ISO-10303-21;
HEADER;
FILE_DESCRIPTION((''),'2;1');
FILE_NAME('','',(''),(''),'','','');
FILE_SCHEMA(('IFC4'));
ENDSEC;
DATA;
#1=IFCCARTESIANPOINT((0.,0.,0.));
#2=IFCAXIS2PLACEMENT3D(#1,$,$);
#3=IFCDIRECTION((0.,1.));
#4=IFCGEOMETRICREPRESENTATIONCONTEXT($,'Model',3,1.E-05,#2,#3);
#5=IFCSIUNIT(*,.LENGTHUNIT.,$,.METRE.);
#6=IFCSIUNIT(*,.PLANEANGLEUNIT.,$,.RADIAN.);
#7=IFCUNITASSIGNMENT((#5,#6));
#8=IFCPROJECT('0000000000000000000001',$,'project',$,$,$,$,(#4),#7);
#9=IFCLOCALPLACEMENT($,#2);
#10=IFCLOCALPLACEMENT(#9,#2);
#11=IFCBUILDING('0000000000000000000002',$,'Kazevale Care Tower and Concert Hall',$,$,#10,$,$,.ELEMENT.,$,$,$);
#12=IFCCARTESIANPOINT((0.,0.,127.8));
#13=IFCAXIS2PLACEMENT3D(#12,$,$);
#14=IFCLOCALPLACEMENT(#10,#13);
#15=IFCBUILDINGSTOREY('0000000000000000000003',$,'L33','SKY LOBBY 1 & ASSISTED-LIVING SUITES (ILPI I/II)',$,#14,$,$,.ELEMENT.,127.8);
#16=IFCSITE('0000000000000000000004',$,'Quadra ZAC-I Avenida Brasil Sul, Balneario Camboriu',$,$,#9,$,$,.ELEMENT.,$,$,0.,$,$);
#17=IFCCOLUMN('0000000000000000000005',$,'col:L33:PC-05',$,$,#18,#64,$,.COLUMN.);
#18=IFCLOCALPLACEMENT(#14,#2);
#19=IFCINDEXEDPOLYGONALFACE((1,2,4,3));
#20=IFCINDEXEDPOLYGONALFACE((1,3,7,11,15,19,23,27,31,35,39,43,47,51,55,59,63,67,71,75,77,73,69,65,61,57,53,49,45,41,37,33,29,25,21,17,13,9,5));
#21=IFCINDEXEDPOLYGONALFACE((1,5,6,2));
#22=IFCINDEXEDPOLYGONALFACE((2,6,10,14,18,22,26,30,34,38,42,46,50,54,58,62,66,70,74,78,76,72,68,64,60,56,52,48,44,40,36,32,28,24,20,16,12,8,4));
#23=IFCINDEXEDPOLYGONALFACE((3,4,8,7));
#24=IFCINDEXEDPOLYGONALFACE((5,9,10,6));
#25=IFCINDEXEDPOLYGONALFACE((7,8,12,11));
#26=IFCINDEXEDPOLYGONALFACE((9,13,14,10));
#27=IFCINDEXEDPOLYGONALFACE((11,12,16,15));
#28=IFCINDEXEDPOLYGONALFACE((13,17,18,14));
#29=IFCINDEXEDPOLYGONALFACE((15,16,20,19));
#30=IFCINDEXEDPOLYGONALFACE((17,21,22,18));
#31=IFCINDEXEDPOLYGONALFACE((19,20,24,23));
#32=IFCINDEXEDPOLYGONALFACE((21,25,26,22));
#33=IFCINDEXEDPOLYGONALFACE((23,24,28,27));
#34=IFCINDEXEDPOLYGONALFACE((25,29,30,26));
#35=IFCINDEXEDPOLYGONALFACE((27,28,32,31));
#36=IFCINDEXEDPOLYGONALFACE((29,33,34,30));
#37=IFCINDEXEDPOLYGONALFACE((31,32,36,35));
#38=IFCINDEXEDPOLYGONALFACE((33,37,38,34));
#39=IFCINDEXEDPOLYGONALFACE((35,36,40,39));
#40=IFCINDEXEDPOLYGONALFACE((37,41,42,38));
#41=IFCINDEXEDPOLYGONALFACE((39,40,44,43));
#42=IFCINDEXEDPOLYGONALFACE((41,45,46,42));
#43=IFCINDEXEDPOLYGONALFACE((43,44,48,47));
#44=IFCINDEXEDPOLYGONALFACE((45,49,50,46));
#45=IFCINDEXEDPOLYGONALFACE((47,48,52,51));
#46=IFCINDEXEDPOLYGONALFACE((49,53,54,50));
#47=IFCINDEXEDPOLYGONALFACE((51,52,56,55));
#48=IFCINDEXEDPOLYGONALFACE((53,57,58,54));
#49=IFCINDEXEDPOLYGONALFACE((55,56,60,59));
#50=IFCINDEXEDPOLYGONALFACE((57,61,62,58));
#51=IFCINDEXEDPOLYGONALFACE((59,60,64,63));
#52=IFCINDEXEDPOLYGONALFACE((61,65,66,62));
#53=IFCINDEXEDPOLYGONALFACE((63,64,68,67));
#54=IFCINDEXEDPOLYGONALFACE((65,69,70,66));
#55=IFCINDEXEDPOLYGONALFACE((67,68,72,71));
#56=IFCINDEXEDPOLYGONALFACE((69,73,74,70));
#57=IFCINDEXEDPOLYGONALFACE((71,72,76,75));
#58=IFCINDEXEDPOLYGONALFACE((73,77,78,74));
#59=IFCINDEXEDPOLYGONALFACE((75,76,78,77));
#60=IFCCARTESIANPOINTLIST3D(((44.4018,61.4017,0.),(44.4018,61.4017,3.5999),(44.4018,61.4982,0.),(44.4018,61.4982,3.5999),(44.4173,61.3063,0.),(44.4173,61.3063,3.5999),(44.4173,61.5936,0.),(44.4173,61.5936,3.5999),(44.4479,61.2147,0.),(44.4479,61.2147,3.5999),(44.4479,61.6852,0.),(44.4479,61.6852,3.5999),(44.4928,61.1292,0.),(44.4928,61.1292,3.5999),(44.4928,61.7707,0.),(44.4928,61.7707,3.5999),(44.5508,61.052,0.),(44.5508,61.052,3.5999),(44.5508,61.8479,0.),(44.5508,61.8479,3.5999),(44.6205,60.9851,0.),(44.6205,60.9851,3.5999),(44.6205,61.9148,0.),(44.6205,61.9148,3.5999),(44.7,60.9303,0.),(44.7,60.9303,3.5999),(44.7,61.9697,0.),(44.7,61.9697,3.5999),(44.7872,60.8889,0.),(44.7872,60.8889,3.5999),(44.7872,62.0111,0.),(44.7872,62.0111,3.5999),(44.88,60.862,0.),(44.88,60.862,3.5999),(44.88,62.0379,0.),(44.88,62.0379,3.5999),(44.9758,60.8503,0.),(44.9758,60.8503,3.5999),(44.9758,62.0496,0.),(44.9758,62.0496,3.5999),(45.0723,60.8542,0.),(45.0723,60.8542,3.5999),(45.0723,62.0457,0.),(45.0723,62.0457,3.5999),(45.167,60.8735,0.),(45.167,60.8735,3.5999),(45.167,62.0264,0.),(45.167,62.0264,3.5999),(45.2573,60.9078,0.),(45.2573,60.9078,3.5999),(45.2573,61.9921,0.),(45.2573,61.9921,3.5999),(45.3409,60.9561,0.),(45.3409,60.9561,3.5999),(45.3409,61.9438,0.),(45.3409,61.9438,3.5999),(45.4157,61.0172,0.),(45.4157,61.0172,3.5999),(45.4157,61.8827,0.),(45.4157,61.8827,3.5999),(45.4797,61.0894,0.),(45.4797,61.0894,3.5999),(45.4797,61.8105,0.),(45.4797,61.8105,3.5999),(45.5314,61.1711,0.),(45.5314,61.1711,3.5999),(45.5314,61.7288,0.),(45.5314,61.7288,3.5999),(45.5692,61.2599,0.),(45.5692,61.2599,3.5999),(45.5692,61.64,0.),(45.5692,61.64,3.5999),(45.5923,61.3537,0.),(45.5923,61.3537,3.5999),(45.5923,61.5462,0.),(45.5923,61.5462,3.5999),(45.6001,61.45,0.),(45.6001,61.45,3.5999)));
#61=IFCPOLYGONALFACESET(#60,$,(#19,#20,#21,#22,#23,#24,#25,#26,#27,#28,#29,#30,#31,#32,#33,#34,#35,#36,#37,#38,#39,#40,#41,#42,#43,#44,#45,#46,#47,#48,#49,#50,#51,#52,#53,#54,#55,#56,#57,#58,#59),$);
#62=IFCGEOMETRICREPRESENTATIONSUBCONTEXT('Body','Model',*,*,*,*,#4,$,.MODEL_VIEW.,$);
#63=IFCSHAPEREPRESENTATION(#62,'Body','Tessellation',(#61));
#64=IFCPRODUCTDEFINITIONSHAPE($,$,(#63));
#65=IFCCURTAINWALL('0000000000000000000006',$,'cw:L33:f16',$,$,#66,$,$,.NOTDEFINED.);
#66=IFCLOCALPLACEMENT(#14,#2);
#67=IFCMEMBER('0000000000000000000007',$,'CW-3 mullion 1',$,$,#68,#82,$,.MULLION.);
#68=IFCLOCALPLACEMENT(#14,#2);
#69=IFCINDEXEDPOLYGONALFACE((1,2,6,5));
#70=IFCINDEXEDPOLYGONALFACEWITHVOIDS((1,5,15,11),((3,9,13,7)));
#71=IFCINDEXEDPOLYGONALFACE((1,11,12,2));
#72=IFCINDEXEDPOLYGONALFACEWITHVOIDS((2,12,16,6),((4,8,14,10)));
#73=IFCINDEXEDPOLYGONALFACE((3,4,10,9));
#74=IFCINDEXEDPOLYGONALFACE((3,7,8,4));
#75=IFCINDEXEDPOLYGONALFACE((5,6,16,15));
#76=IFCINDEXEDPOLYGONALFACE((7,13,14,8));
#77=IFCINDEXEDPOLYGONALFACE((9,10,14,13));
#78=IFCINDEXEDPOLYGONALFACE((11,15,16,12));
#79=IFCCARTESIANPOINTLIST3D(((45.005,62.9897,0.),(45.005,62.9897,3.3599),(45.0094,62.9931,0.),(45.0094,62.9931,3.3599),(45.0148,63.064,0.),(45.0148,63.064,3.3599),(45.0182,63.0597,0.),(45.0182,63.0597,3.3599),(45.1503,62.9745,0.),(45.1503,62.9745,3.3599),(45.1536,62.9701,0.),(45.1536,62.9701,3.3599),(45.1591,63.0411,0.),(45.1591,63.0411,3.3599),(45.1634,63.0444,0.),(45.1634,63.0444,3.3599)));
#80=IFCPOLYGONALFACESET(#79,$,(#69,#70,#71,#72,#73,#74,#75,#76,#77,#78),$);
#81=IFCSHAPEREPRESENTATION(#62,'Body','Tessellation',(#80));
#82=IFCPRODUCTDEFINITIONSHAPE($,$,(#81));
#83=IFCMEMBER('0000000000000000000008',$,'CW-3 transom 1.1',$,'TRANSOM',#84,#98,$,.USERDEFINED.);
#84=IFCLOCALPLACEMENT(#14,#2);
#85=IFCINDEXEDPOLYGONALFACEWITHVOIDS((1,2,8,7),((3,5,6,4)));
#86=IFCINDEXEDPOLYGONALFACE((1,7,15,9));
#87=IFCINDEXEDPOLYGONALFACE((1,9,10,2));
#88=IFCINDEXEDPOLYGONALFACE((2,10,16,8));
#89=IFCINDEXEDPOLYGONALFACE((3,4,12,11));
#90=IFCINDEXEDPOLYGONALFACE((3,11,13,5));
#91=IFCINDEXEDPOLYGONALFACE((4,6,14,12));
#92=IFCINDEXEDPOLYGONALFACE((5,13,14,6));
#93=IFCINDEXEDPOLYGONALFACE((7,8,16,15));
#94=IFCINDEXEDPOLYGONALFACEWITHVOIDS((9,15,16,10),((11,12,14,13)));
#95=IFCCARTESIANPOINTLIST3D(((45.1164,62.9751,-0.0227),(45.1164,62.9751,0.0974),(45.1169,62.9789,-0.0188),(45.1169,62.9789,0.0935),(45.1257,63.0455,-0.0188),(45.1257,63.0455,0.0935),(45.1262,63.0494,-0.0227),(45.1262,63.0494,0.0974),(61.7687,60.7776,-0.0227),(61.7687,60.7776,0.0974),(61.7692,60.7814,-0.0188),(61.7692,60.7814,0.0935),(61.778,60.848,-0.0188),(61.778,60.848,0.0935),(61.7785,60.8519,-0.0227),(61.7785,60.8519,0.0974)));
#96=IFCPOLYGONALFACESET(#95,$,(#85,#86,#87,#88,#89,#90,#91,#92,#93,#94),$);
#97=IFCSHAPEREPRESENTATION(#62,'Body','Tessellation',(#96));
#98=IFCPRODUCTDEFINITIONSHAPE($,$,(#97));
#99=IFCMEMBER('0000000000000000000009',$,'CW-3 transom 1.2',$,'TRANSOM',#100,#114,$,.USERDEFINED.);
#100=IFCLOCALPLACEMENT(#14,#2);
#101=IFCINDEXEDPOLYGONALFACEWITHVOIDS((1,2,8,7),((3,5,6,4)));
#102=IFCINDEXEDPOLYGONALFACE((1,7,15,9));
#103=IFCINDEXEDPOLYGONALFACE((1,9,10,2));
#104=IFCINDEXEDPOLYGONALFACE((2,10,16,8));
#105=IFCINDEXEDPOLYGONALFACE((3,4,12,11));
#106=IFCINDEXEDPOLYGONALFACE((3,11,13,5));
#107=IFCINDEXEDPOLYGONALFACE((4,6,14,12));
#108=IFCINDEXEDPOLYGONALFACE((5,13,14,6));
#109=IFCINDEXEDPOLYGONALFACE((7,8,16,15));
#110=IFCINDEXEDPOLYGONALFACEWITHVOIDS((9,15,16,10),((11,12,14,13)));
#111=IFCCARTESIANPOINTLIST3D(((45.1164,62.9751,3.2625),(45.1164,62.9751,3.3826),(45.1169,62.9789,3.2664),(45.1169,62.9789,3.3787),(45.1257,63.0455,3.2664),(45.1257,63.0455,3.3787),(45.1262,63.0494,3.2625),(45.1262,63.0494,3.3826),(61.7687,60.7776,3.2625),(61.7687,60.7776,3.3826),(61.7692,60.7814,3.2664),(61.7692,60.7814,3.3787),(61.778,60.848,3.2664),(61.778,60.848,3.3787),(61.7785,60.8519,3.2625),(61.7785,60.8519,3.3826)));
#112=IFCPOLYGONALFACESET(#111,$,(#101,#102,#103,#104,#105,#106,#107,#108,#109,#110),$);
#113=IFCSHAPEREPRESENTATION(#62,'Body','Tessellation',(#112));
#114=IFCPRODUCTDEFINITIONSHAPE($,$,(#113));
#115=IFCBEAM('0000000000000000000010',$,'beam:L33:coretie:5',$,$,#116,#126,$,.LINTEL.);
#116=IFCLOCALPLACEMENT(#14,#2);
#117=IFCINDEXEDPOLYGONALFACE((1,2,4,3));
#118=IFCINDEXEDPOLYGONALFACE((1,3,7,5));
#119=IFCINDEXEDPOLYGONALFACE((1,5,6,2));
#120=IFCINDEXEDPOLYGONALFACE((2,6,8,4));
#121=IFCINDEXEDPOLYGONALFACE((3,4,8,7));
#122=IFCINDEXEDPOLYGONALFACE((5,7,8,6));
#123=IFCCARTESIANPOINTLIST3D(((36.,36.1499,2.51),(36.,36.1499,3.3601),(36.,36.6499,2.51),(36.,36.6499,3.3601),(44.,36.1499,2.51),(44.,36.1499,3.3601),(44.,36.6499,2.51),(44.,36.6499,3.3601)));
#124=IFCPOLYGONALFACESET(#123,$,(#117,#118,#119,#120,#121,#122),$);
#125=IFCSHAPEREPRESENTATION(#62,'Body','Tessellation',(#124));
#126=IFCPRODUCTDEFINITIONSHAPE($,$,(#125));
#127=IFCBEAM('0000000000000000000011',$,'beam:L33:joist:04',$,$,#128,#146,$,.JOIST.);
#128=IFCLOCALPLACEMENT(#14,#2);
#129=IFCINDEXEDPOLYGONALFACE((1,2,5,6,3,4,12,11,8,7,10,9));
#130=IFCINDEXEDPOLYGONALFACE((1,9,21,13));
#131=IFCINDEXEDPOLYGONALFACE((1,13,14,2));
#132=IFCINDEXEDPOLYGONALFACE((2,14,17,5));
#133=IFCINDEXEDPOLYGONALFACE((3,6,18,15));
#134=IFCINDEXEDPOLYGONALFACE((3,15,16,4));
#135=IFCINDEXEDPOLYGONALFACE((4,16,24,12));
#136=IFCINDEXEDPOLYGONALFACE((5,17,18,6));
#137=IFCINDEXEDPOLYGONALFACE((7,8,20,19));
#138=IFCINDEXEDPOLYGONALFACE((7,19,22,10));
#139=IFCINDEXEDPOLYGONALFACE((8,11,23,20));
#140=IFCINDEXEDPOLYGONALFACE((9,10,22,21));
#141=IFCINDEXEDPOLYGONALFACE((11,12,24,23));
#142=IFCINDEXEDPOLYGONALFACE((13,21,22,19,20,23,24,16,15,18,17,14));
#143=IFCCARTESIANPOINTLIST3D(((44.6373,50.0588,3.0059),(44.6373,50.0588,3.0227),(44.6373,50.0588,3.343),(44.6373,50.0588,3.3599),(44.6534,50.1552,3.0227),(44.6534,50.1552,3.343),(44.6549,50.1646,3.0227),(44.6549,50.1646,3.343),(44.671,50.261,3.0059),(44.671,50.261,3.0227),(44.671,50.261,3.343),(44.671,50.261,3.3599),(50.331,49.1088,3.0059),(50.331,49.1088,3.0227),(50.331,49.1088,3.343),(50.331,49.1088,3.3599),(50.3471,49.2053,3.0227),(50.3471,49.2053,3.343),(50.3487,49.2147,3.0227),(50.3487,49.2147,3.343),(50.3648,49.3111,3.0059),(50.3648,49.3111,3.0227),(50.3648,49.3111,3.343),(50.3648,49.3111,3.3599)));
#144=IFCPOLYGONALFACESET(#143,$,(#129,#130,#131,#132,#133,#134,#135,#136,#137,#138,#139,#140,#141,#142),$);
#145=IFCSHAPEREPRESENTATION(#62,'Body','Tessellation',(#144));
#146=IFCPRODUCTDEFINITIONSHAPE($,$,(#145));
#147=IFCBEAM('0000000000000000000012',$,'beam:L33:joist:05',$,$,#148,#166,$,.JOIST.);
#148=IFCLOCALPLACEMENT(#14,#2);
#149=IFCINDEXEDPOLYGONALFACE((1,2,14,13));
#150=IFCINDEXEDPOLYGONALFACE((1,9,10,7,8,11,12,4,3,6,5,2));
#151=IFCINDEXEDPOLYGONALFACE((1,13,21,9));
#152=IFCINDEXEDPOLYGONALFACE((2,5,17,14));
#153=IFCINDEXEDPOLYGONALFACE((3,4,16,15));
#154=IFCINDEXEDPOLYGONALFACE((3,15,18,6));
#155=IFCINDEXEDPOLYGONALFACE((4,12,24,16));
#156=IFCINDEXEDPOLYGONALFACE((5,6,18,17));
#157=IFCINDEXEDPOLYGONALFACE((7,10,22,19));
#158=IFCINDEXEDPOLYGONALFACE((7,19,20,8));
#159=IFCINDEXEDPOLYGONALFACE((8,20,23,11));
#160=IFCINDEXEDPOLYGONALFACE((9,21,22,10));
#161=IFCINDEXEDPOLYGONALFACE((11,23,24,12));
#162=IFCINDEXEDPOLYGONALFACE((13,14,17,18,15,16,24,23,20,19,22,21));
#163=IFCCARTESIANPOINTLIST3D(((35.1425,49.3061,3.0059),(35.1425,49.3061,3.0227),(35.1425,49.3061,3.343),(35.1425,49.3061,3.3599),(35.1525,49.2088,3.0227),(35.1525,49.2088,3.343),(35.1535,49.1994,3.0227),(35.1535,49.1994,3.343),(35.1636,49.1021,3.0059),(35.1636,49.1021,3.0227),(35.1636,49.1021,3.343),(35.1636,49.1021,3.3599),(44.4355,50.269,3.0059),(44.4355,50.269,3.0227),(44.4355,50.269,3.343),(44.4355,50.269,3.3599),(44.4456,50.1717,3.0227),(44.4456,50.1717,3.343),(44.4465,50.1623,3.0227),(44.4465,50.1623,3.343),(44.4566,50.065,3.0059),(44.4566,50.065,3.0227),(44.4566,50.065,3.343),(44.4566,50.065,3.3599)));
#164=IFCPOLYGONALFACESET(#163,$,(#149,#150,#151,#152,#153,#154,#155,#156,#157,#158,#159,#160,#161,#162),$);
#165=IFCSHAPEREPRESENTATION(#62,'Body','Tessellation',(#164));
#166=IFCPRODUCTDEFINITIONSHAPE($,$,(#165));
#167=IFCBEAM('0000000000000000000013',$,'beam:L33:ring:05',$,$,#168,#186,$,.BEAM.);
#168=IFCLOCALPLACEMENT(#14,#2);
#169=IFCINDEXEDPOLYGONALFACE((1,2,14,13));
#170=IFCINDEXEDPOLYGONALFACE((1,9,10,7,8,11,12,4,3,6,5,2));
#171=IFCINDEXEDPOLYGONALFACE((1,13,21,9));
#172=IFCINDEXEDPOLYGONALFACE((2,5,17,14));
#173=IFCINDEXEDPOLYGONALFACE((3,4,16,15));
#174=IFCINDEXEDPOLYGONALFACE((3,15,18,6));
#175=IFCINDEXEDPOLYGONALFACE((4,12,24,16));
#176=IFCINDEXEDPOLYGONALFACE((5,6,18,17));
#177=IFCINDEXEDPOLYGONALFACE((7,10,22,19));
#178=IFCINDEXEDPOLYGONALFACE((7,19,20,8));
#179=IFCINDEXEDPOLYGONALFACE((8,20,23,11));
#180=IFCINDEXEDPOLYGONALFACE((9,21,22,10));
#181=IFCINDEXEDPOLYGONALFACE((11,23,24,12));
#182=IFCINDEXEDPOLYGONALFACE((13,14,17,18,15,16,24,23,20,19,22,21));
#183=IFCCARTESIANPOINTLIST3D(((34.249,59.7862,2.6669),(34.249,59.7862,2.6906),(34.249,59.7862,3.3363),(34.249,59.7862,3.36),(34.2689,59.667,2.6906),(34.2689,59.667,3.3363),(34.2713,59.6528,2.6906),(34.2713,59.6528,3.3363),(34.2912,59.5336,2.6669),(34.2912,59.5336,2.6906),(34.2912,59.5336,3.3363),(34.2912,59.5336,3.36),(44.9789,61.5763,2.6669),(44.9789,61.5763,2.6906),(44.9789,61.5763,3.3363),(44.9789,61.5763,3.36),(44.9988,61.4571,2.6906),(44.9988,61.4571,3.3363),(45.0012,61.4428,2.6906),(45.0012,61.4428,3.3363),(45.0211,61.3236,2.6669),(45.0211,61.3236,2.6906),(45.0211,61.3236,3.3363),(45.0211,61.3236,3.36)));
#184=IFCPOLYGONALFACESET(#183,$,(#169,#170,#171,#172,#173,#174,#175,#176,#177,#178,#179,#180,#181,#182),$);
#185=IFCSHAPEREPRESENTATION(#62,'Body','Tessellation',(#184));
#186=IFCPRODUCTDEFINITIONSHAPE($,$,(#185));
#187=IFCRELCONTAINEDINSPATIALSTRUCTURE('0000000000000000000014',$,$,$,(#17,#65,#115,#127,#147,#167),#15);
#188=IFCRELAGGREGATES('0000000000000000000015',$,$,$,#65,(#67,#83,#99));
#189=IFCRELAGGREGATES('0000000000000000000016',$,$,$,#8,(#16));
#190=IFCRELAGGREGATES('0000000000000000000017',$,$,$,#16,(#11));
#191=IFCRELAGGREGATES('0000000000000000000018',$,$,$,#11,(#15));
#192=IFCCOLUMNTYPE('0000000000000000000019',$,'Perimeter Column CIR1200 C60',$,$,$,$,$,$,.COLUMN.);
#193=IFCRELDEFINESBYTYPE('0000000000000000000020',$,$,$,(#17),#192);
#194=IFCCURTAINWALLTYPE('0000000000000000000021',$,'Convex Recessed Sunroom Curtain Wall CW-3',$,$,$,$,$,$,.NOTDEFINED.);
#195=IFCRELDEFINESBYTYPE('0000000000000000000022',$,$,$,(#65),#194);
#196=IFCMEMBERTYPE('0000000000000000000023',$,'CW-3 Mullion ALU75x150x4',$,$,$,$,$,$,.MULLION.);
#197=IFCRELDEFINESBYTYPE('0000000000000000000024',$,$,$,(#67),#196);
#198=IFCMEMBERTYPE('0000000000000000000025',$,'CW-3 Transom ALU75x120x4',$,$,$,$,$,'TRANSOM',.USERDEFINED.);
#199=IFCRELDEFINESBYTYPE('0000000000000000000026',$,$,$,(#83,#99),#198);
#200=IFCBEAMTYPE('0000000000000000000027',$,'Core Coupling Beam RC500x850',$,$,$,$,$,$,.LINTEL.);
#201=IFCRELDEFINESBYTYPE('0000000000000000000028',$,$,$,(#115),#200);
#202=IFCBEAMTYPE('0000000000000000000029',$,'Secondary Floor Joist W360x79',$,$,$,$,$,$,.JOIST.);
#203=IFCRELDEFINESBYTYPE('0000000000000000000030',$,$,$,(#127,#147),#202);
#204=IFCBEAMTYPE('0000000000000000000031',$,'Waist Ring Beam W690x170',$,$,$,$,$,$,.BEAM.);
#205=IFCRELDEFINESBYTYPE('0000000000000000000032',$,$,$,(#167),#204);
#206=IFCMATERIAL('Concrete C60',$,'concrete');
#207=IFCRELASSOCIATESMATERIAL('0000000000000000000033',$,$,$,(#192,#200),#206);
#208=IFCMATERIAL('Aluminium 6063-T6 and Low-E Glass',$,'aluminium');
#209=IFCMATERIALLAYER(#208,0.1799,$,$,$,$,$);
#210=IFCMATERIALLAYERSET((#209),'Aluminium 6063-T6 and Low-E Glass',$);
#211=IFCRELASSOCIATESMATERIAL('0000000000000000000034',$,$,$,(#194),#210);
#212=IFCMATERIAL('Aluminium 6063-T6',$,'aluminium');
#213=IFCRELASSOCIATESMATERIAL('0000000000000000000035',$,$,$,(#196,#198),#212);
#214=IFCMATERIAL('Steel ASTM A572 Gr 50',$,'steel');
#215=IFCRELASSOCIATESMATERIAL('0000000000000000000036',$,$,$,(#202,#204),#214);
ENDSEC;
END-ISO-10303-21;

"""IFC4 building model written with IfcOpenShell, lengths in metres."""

from ifc_helpers import new_model, si_unit, direction, frame, origin, origin_2d, place, context, subcontext, project, spatial, rectangle, hollow_rectangle, circle, i_section, extrude, material, layer, layer_set, material_profile, profile_set, type_object, element, aggregate, save


model = new_model("IFC4")

# Units and contexts
model_context = context("Model", 3, precision=1e-05, world=origin(), true_north=direction((0.0, 1.0)))
body_context = subcontext(model_context, "Body", "Model", "MODEL_VIEW")
ifc_project = project(units=[si_unit("LENGTHUNIT", "METRE"), si_unit("PLANEANGLEUNIT", "RADIAN")], contexts=[model_context])

# Site, building, storey
site_placement = place(None, origin())
site = spatial("IfcSite", under=ifc_project, at=site_placement, Name="Quadra ZAC-I Avenida Brasil Sul, Balneario Camboriu", CompositionType="ELEMENT", RefElevation=0.0)
building_placement = place(site_placement, origin())
building = spatial("IfcBuilding", under=site, at=building_placement, Name="Kazevale Care Tower and Concert Hall", CompositionType="ELEMENT")
storey_placement = place(building_placement, frame((0.0, 0.0, 127.8)))
storey = spatial("IfcBuildingStorey", under=building, at=storey_placement, Name="L33", Description="SKY LOBBY 1 & ASSISTED-LIVING SUITES (ILPI I/II)", CompositionType="ELEMENT", Elevation=127.8)

# Column
ifc_material_1 = material(Name="Concrete C60", Category="concrete")
ifc_material_profile_1 = material_profile(ifc_material_1, circle(Radius=0.6001, at=origin_2d()), Name="RC-CIR1200")
ifc_profile_set_1 = profile_set([ifc_material_profile_1], Name="Concrete C60")
column_type = type_object("IfcColumnType", Name="Perimeter Column CIR1200 C60", PredefinedType="COLUMN", material=ifc_profile_set_1)
column_placement = place(storey_placement, frame((45.0, 61.45, 0.0), z_axis=(0.0, 0.0, 1.0), x_axis=(1.0, 0.0, 0.0)))
element("IfcColumn", 1, at=column_placement, inside=storey, type_object=column_type, Name="col:L33:PC-05", PredefinedType="COLUMN", context=body_context, shape_type="SweptSolid", body=[
    extrude(circle(Radius=0.6001, at=origin_2d()), origin(), (0.0, 0.0, 1.0), 3.5999),
])

# Curtain wall, members
ifc_material_2 = material(Name="Aluminium 6063-T6 and Low-E Glass", Category="aluminium")
ifc_layer_1 = layer(ifc_material_2, 0.1799)
ifc_layer_set_1 = layer_set([ifc_layer_1], Name="Aluminium 6063-T6 and Low-E Glass")
curtain_wall_type = type_object("IfcCurtainWallType", Name="Convex Recessed Sunroom Curtain Wall CW-3", PredefinedType="NOTDEFINED", material=ifc_layer_set_1)
curtain_wall_placement = place(storey_placement, origin())
curtain_wall = element("IfcCurtainWall", 2, at=curtain_wall_placement, inside=storey, type_object=curtain_wall_type, Name="cw:L33:f16", PredefinedType="NOTDEFINED")
ifc_material_3 = material(Name="Aluminium 6063-T6", Category="aluminium")
ifc_material_profile_2 = material_profile(ifc_material_3, hollow_rectangle(XDim=0.075, YDim=0.1499, WallThickness=0.0039, at=origin_2d()), Name="ALU75x150x4")
ifc_profile_set_2 = profile_set([ifc_material_profile_2], Name="Aluminium 6063-T6")
member_type_1 = type_object("IfcMemberType", Name="CW-3 Mullion ALU75x150x4", PredefinedType="MULLION", material=ifc_profile_set_2)
member_1_placement = place(storey_placement, frame((45.0842, 63.0171, 0.0), z_axis=(0.0, 0.0, 1.0), x_axis=(0.130822, 0.991406, 0.0)))
member_1 = element("IfcMember", 3, at=member_1_placement, type_object=member_type_1, Name="CW-3 mullion 1", PredefinedType="MULLION", context=body_context, shape_type="SweptSolid", body=[
    extrude(hollow_rectangle(XDim=0.075, YDim=0.1499, WallThickness=0.0039, at=origin_2d()), origin(), (0.0, 0.0, 1.0), 3.3599),
])
ifc_material_profile_3 = material_profile(ifc_material_3, hollow_rectangle(XDim=0.075, YDim=0.1201, WallThickness=0.0039, at=origin_2d()), Name="ALU75x120x4")
ifc_profile_set_3 = profile_set([ifc_material_profile_3], Name="Aluminium 6063-T6")
member_type_2 = type_object("IfcMemberType", Name="CW-3 Transom ALU75x120x4", ElementType="TRANSOM", PredefinedType="USERDEFINED", material=ifc_profile_set_3)
member_2_placement = place(storey_placement, frame((45.1213, 63.0122, 0.0374), z_axis=(0.991405, -0.13083, 0.0), x_axis=(0.13083, 0.991405, 0.0)))
member_2 = element("IfcMember", 4, at=member_2_placement, type_object=member_type_2, Name="CW-3 transom 1.1", ObjectType="TRANSOM", PredefinedType="USERDEFINED", context=body_context, shape_type="SweptSolid", body=[
    extrude(hollow_rectangle(XDim=0.075, YDim=0.1201, WallThickness=0.0039, at=origin_2d()), origin(), (0.0, 0.0, 1.0), 16.7966),
])
member_3_placement = place(storey_placement, frame((45.1213, 63.0122, 3.3225), z_axis=(0.991405, -0.13083, 0.0), x_axis=(0.13083, 0.991405, 0.0)))
member_3 = element("IfcMember", 5, at=member_3_placement, type_object=member_type_2, Name="CW-3 transom 1.2", ObjectType="TRANSOM", PredefinedType="USERDEFINED", context=body_context, shape_type="SweptSolid", body=[
    extrude(hollow_rectangle(XDim=0.075, YDim=0.1201, WallThickness=0.0039, at=origin_2d()), origin(), (0.0, 0.0, 1.0), 16.7966),
])
aggregate(curtain_wall, [member_1, member_2, member_3])

# Beams
ifc_material_profile_4 = material_profile(ifc_material_1, rectangle(XDim=0.5, YDim=0.8501, at=origin_2d()), Name="RC-B500x850")
ifc_profile_set_4 = profile_set([ifc_material_profile_4], Name="Concrete C60")
beam_type_1 = type_object("IfcBeamType", Name="Core Coupling Beam RC500x850", PredefinedType="LINTEL", material=ifc_profile_set_4)
beam_1_placement = place(storey_placement, frame((44.0, 36.3999, 2.9351), z_axis=(-1.0, 0.0, 0.0), x_axis=(0.0, -1.0, 0.0)))
element("IfcBeam", 6, at=beam_1_placement, inside=storey, type_object=beam_type_1, Name="beam:L33:coretie:5", PredefinedType="LINTEL", context=body_context, shape_type="SweptSolid", body=[
    extrude(rectangle(XDim=0.5, YDim=0.8501, at=origin_2d()), origin(), (0.0, 0.0, 1.0), 8.0),
])
ifc_material_4 = material(Name="Steel ASTM A572 Gr 50", Category="steel")
ifc_material_profile_5 = material_profile(ifc_material_4, i_section(OverallWidth=0.2051, OverallDepth=0.354, WebThickness=0.0095, FlangeThickness=0.0168, at=origin_2d()), Name="W360x79")
ifc_profile_set_5 = profile_set([ifc_material_profile_5], Name="Steel ASTM A572 Gr 50")
beam_type_2 = type_object("IfcBeamType", Name="Secondary Floor Joist W360x79", PredefinedType="JOIST", material=ifc_profile_set_5)
beam_2_placement = place(storey_placement, frame((50.3479, 49.21, 3.1829), z_axis=(-0.986366, 0.164564, 0.0), x_axis=(-0.164564, -0.986366, 0.0)))
element("IfcBeam", 7, at=beam_2_placement, inside=storey, type_object=beam_type_2, Name="beam:L33:joist:04", PredefinedType="JOIST", context=body_context, shape_type="SweptSolid", body=[
    extrude(i_section(OverallWidth=0.2051, OverallDepth=0.354, WebThickness=0.0095, FlangeThickness=0.0168, at=origin_2d()), origin(), (0.0, 0.0, 1.0), 5.7725),
])
beam_3_placement = place(storey_placement, frame((44.446, 50.167, 3.1829), z_axis=(-0.994675, -0.103063, 0.0), x_axis=(0.103063, -0.994675, 0.0)))
element("IfcBeam", 8, at=beam_3_placement, inside=storey, type_object=beam_type_2, Name="beam:L33:joist:05", PredefinedType="JOIST", context=body_context, shape_type="SweptSolid", body=[
    extrude(i_section(OverallWidth=0.2051, OverallDepth=0.354, WebThickness=0.0095, FlangeThickness=0.0168, at=origin_2d()), origin(), (0.0, 0.0, 1.0), 9.3428),
])
ifc_material_profile_6 = material_profile(ifc_material_4, i_section(OverallWidth=0.2561, OverallDepth=0.6931, WebThickness=0.0144, FlangeThickness=0.0237, at=origin_2d()), Name="W690x170")
ifc_profile_set_6 = profile_set([ifc_material_profile_6], Name="Steel ASTM A572 Gr 50")
beam_type_3 = type_object("IfcBeamType", Name="Waist Ring Beam W690x170", PredefinedType="BEAM", material=ifc_profile_set_6)
beam_4_placement = place(storey_placement, frame((45.0, 61.45, 3.0134), z_axis=(-0.986368, -0.164552, 0.0), x_axis=(0.164552, -0.986368, 0.0)))
element("IfcBeam", 9, at=beam_4_placement, inside=storey, type_object=beam_type_3, Name="beam:L33:ring:05", PredefinedType="BEAM", context=body_context, shape_type="SweptSolid", body=[
    extrude(i_section(OverallWidth=0.2561, OverallDepth=0.6931, WebThickness=0.0144, FlangeThickness=0.0237, at=origin_2d()), origin(), (0.0, 0.0, 1.0), 10.8782),
])

save(model, "model.ifc")
